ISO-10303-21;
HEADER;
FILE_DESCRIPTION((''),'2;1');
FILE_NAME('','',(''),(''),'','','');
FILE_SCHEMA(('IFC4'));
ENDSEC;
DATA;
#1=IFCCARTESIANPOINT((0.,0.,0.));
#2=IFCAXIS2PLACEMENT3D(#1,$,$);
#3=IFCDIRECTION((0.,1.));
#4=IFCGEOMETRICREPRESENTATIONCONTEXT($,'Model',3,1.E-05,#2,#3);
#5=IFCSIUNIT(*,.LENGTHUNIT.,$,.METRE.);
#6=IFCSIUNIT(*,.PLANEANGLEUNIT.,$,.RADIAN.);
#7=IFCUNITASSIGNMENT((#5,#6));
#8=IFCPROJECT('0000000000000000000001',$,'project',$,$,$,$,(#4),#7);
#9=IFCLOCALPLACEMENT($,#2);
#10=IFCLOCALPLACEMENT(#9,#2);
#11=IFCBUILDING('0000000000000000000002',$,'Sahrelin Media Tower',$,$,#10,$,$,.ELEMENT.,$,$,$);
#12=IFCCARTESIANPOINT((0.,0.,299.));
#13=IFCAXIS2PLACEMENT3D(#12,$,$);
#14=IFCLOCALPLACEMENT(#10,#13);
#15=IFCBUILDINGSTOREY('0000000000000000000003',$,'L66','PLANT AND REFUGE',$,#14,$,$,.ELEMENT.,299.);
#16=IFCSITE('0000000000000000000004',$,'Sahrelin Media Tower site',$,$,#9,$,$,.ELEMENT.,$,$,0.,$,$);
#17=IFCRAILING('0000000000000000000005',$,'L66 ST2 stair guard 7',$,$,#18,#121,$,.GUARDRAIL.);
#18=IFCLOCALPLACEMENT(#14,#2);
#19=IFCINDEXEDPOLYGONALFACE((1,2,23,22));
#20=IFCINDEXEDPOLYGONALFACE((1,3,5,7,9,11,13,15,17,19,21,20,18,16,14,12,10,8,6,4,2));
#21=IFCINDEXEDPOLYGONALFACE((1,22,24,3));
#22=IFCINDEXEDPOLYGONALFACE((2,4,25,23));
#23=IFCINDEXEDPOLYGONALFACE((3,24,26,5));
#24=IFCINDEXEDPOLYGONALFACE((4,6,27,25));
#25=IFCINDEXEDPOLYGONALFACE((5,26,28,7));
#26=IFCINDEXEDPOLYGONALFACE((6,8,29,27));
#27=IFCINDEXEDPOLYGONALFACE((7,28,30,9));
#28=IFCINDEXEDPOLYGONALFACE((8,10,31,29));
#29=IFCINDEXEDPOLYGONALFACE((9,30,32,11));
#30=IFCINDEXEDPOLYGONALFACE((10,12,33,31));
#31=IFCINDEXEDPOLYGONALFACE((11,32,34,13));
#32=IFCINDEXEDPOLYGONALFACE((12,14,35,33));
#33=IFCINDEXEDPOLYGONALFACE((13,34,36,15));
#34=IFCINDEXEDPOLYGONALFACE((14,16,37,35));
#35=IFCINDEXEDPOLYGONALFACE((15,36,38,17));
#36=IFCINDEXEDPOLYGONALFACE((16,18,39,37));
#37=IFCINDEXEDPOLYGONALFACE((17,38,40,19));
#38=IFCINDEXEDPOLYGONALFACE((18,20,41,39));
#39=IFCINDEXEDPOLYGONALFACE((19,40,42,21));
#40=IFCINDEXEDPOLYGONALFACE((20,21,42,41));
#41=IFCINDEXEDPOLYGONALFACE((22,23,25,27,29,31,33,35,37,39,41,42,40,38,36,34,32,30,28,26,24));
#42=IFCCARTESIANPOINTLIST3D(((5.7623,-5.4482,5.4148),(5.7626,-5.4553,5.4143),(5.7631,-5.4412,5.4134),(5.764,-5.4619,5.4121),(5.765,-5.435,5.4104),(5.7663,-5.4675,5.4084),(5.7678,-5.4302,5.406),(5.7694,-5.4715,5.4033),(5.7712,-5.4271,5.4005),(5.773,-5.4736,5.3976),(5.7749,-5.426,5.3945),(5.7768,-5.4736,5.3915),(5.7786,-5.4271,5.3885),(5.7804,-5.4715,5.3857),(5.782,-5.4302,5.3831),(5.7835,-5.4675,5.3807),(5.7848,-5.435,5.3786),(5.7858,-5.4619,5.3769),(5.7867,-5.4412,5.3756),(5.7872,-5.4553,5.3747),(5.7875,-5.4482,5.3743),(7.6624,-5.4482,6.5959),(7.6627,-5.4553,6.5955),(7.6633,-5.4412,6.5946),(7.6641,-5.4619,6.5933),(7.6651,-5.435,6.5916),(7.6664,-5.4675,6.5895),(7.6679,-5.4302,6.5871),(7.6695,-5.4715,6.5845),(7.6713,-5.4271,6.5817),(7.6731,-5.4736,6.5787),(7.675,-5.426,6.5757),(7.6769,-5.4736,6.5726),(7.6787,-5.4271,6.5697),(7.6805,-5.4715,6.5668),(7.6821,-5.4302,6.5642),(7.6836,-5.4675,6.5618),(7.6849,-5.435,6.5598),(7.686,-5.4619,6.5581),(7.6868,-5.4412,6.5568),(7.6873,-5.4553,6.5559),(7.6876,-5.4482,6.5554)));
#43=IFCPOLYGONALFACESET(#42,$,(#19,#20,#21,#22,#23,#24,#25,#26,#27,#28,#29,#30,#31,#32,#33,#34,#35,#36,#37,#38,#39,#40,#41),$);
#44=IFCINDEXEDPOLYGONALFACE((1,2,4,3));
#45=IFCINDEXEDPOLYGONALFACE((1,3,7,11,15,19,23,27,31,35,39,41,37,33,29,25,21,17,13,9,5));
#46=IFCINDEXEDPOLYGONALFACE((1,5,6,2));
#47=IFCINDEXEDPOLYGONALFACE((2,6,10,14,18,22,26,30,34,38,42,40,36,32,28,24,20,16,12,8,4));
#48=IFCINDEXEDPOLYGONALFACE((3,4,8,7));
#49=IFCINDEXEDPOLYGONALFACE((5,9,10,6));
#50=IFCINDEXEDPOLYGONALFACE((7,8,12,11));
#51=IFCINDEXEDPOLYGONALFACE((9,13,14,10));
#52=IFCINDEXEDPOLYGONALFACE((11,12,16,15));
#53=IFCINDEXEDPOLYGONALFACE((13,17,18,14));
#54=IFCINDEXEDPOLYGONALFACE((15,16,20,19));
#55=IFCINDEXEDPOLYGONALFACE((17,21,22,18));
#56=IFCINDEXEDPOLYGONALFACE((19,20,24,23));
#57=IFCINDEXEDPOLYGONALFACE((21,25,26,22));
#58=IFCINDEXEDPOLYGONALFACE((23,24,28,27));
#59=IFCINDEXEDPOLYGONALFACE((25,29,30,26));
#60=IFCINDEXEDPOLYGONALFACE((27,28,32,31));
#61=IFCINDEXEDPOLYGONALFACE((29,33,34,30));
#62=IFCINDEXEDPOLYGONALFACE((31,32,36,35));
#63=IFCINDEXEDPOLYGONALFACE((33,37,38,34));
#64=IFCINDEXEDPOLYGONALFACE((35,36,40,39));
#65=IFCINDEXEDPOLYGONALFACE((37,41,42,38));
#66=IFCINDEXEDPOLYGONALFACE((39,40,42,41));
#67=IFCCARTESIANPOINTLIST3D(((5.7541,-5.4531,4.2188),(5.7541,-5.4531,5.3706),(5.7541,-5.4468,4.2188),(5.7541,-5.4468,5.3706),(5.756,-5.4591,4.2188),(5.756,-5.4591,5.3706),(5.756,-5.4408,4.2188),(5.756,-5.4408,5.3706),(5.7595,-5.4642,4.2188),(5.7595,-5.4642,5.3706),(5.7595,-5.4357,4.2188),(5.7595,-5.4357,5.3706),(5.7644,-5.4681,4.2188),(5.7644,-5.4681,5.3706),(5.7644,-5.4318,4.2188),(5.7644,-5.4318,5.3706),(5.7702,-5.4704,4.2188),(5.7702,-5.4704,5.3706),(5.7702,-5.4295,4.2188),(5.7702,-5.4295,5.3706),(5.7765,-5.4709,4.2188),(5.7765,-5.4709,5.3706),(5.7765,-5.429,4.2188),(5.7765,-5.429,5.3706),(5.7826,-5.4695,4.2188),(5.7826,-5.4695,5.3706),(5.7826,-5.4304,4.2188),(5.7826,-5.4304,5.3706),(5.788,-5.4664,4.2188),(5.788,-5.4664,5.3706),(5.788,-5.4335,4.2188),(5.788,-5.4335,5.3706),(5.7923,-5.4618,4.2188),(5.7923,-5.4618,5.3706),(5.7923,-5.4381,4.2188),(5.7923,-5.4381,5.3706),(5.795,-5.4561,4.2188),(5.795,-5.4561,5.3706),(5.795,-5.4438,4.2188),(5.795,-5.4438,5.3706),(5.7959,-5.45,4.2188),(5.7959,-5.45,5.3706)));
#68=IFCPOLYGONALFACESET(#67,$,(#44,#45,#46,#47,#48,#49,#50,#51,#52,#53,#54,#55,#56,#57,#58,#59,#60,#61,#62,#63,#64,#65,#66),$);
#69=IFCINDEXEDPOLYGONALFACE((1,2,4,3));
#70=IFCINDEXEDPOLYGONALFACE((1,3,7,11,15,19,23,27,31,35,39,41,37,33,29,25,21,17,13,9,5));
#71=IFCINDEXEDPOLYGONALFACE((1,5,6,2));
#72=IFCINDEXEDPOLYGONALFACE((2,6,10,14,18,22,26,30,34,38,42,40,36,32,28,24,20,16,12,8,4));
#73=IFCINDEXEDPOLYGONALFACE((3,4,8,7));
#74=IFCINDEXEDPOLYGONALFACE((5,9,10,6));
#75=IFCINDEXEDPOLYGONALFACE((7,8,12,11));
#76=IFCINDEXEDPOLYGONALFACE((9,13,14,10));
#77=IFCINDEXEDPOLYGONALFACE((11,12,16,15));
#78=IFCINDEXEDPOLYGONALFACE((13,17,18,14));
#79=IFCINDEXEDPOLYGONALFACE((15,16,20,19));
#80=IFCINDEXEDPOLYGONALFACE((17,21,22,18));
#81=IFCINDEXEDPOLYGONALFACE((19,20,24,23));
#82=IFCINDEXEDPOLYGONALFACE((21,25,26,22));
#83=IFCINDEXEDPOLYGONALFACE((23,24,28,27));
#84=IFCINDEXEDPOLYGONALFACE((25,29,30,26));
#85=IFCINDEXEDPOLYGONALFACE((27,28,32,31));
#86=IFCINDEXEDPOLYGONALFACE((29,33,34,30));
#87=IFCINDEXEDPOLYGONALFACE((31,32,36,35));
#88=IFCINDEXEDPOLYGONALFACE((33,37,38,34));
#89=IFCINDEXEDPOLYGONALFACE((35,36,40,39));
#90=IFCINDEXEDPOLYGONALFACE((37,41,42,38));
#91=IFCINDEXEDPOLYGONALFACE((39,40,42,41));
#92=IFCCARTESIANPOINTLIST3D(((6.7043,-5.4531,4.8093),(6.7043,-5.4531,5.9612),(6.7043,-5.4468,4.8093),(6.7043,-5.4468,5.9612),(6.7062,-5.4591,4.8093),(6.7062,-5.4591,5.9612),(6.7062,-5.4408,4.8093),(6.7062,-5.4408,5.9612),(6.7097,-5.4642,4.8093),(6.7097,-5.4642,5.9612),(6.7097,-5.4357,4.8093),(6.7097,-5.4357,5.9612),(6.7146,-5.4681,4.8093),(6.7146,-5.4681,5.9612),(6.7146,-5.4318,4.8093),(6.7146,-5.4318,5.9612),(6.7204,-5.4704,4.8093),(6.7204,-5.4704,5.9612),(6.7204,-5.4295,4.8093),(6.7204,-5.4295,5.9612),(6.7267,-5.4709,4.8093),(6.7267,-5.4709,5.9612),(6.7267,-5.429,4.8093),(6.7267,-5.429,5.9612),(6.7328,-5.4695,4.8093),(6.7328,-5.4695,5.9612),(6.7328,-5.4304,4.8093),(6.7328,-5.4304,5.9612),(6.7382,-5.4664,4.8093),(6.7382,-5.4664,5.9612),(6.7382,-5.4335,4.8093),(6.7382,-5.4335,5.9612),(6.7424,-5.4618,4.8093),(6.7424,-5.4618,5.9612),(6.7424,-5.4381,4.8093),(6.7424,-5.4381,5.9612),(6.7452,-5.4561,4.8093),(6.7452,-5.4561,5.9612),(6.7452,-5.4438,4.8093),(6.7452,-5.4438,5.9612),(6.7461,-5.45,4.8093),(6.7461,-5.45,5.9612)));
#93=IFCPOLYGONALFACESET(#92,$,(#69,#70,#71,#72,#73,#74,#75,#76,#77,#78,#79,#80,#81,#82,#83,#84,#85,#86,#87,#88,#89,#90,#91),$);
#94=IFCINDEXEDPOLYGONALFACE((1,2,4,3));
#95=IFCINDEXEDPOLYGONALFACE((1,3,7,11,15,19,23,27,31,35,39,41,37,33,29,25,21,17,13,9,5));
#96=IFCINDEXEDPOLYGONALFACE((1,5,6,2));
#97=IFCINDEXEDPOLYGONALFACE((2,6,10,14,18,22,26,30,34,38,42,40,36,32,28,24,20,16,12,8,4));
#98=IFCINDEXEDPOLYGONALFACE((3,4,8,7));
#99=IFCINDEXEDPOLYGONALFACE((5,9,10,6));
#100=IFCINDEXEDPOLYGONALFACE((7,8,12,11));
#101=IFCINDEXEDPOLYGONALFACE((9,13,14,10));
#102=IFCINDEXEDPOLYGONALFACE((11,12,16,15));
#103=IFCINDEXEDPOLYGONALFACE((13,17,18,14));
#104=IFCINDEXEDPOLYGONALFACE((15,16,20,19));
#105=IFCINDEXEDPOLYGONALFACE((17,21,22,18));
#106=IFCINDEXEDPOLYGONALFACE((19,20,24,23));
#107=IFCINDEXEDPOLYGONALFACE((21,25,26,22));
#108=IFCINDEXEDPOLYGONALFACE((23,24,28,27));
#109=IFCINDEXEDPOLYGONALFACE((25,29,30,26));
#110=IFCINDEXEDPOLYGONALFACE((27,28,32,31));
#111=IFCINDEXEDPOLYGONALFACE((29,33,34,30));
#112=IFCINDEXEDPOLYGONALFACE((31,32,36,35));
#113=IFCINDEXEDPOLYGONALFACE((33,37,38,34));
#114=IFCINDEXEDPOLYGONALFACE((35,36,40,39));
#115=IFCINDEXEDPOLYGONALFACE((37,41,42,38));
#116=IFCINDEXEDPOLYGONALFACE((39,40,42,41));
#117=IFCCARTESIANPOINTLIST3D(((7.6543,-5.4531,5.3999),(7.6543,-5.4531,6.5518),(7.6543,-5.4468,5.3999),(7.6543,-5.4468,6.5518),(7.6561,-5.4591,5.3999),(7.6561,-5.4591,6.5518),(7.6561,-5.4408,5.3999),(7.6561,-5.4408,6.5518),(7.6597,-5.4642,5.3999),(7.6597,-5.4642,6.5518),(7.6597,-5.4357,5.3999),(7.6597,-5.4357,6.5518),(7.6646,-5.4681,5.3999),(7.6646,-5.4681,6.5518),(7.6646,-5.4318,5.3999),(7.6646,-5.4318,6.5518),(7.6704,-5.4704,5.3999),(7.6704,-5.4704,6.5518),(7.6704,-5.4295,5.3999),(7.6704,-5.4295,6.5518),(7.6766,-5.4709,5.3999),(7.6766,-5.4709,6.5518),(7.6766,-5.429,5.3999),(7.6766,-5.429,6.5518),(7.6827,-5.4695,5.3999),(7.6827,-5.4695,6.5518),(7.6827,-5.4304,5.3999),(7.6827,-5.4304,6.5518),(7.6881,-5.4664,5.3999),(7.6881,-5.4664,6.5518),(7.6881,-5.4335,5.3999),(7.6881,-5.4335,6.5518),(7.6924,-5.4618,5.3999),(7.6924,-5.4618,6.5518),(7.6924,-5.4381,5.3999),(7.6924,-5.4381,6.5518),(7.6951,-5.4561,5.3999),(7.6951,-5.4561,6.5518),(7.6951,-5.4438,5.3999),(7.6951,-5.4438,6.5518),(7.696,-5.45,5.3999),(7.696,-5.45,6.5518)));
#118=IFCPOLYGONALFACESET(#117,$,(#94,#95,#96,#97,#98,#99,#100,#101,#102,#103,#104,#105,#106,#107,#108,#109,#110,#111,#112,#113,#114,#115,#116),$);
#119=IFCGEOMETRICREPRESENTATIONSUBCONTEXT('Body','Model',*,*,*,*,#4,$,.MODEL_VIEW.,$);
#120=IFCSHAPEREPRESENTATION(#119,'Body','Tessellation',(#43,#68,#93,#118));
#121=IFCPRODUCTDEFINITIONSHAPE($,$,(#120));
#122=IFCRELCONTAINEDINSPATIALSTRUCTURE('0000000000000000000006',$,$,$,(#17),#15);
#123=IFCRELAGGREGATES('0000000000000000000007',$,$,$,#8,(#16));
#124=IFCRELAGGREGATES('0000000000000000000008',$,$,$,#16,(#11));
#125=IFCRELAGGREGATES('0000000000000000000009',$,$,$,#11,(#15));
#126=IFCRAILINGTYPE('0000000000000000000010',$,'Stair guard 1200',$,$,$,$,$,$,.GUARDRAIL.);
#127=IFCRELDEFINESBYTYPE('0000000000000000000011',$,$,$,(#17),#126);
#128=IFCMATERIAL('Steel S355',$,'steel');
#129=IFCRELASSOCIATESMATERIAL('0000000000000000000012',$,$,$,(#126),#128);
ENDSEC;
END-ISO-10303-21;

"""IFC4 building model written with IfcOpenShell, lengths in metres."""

from ifc_helpers import new_model, si_unit, direction, frame, origin, origin_2d, place, context, subcontext, project, spatial, circle, extrude, material, type_object, element, save


model = new_model("IFC4")

# Units and contexts
model_context = context("Model", 3, precision=1e-05, world=origin(), true_north=direction((0.0, 1.0)))
body_context = subcontext(model_context, "Body", "Model", "MODEL_VIEW")
ifc_project = project(units=[si_unit("LENGTHUNIT", "METRE"), si_unit("PLANEANGLEUNIT", "RADIAN")], contexts=[model_context])

# Site, building, storey
site_placement = place(None, origin())
site = spatial("IfcSite", under=ifc_project, at=site_placement, Name="Sahrelin Media Tower site", CompositionType="ELEMENT", RefElevation=0.0)
building_placement = place(site_placement, origin())
building = spatial("IfcBuilding", under=site, at=building_placement, Name="Sahrelin Media Tower", CompositionType="ELEMENT")
storey_placement = place(building_placement, frame((0.0, 0.0, 299.0)))
storey = spatial("IfcBuildingStorey", under=building, at=storey_placement, Name="L66", Description="PLANT AND REFUGE", CompositionType="ELEMENT", Elevation=299.0)

# Shared definitions
ifc_material_1 = material(Name="Steel S355", Category="steel")

# Railing
railing_type_1 = type_object("IfcRailingType", Name="Stair guard 1200", PredefinedType="GUARDRAIL", material=ifc_material_1)
for number, where, name in (
    (1, (5.7749, -5.45, 4.2188), "L66 ST2 stair guard 7"),
):
    element("IfcRailing", number, at=place(storey_placement, frame(where)), inside=storey, type_object=railing_type_1, Name=name, PredefinedType="GUARDRAIL", context=body_context, shape_type="SweptSolid", body=[
        extrude(circle(Radius=0.0239, at=origin_2d()), frame((0.0, 0.0, 1.1758), z_axis=(0.849289, 0.0, 0.527928), x_axis=(0.0, 1.0, 0.0)), (0.0, 0.0, 1.0), 2.2373),
        extrude(circle(Radius=0.021, at=origin_2d()), origin(), (0.0, 0.0, 1.0), 1.1519),
        extrude(circle(Radius=0.021, at=origin_2d()), frame((0.9502, 0.0, 0.5906)), (0.0, 0.0, 1.0), 1.1519),
        extrude(circle(Radius=0.021, at=origin_2d()), frame((1.9001, 0.0, 1.1812)), (0.0, 0.0, 1.0), 1.1519),
    ])

save(model, "model.ifc")
